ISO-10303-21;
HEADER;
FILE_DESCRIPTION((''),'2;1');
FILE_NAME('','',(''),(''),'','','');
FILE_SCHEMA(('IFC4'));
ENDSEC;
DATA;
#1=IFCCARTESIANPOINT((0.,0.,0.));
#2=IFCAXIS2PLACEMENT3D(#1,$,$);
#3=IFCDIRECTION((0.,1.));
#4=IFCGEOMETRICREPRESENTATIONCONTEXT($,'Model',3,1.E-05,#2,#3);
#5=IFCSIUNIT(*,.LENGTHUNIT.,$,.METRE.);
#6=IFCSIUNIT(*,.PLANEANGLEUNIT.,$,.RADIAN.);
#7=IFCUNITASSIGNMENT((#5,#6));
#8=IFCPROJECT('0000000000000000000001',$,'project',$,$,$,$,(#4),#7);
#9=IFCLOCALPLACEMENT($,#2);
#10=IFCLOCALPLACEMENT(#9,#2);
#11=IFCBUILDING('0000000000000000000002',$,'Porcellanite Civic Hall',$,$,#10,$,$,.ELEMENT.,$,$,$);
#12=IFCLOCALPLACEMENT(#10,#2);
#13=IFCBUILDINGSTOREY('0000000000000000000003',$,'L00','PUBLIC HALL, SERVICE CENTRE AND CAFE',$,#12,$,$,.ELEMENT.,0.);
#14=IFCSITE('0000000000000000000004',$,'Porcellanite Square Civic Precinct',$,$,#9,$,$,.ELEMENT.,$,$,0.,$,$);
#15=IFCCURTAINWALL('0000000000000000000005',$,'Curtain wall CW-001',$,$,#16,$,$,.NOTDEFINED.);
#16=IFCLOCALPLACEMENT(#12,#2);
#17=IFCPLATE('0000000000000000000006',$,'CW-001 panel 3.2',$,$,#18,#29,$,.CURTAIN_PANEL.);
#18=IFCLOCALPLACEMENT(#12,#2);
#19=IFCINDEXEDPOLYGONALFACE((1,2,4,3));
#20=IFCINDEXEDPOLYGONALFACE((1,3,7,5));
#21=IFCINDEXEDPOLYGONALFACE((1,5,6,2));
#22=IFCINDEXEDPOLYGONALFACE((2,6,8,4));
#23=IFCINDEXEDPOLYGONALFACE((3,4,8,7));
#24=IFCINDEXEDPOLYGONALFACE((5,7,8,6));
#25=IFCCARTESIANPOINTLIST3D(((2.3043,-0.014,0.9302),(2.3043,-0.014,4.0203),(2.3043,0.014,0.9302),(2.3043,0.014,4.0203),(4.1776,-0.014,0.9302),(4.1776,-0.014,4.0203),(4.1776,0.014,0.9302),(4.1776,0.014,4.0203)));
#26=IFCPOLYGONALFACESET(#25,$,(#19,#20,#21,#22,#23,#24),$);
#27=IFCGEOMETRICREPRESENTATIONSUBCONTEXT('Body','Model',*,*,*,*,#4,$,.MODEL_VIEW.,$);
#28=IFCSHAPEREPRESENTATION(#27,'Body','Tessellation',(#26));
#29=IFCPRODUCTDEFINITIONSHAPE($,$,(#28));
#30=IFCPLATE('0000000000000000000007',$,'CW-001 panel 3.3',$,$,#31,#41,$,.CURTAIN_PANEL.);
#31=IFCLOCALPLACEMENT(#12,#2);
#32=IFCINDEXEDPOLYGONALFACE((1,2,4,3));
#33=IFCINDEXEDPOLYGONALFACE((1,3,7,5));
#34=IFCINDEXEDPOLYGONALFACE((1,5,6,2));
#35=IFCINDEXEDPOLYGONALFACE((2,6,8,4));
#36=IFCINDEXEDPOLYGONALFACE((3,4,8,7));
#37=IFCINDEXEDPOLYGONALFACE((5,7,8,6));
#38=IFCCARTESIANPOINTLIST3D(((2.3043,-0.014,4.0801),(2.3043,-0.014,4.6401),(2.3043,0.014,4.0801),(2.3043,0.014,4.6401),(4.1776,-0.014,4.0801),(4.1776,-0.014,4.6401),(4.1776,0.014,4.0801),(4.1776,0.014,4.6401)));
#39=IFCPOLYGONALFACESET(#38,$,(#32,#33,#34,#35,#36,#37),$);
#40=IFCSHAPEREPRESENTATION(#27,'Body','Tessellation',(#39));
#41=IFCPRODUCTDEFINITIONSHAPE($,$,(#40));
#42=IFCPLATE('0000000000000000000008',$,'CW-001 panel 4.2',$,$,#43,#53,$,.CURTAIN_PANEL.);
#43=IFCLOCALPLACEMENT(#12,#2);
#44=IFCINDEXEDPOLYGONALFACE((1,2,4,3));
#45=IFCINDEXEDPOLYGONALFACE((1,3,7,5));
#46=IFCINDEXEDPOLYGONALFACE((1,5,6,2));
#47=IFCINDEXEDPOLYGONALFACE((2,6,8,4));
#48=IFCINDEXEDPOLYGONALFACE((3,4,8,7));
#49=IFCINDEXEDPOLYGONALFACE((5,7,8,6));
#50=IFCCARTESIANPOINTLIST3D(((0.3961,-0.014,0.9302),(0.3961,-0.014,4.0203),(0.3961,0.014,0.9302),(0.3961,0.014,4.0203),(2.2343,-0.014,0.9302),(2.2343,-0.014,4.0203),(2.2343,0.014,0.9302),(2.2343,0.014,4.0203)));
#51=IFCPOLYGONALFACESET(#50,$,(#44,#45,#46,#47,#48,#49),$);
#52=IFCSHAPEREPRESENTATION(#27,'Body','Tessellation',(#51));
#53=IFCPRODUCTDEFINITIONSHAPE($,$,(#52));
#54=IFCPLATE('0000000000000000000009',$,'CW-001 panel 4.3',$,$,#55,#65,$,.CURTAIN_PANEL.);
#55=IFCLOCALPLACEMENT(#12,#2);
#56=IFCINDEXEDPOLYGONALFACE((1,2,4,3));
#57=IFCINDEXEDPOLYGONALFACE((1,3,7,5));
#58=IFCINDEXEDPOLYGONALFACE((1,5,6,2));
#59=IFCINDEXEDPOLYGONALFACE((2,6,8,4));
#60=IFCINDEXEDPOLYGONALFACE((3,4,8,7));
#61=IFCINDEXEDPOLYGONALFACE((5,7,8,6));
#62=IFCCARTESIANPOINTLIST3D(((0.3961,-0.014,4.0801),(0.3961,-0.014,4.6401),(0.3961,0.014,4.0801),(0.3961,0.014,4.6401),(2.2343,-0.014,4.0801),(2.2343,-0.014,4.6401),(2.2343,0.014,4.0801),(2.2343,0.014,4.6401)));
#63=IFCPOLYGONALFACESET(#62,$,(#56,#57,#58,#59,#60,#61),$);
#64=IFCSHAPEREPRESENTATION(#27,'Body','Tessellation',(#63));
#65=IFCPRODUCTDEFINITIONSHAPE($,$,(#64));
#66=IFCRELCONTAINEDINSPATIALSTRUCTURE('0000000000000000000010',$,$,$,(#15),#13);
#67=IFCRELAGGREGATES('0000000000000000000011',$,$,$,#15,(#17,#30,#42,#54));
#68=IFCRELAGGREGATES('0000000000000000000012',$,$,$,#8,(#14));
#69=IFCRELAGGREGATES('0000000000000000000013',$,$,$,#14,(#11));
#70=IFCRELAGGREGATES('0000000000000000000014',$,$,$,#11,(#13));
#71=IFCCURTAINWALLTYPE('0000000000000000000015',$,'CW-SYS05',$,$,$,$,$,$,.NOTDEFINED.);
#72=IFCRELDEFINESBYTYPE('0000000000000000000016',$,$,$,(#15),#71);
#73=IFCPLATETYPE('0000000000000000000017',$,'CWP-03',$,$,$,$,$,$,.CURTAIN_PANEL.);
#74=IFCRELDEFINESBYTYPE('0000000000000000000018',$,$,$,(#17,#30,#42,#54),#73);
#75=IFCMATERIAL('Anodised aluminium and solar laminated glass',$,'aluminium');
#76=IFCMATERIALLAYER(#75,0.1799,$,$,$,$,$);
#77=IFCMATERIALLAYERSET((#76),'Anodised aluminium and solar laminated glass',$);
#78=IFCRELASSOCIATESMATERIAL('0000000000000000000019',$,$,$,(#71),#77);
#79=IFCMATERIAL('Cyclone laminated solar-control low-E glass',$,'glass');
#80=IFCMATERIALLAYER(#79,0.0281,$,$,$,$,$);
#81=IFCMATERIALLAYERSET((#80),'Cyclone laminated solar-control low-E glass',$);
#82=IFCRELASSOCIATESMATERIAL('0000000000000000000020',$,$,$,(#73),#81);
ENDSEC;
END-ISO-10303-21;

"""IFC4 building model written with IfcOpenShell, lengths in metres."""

from ifc_helpers import new_model, si_unit, direction, frame, origin, origin_2d, place, context, subcontext, project, spatial, rectangle, extrude, material, layer, layer_set, type_object, element, aggregate, save


model = new_model("IFC4")

# Units and contexts
model_context = context("Model", 3, precision=1e-05, world=origin(), true_north=direction((0.0, 1.0)))
body_context = subcontext(model_context, "Body", "Model", "MODEL_VIEW")
ifc_project = project(units=[si_unit("LENGTHUNIT", "METRE"), si_unit("PLANEANGLEUNIT", "RADIAN")], contexts=[model_context])

# Site, building, storey
site_placement = place(None, origin())
site = spatial("IfcSite", under=ifc_project, at=site_placement, Name="Porcellanite Square Civic Precinct", CompositionType="ELEMENT", RefElevation=0.0)
building_placement = place(site_placement, origin())
building = spatial("IfcBuilding", under=site, at=building_placement, Name="Porcellanite Civic Hall", CompositionType="ELEMENT")
storey_placement = place(building_placement, origin())
storey = spatial("IfcBuildingStorey", under=building, at=storey_placement, Name="L00", Description="PUBLIC HALL, SERVICE CENTRE AND CAFE", CompositionType="ELEMENT", Elevation=0.0)

# Curtain wall
ifc_material_1 = material(Name="Anodised aluminium and solar laminated glass", Category="aluminium")
ifc_layer_1 = layer(ifc_material_1, 0.1799)
ifc_layer_set_1 = layer_set([ifc_layer_1], Name="Anodised aluminium and solar laminated glass")
curtain_wall_type = type_object("IfcCurtainWallType", Name="CW-SYS05", PredefinedType="NOTDEFINED", material=ifc_layer_set_1)
curtain_wall_placement = place(storey_placement, origin())
curtain_wall = element("IfcCurtainWall", 1, at=curtain_wall_placement, inside=storey, type_object=curtain_wall_type, Name="Curtain wall CW-001", PredefinedType="NOTDEFINED")

# Plates
ifc_material_2 = material(Name="Cyclone laminated solar-control low-E glass", Category="glass")
ifc_layer_2 = layer(ifc_material_2, 0.0281)
ifc_layer_set_2 = layer_set([ifc_layer_2], Name="Cyclone laminated solar-control low-E glass")
plate_type = type_object("IfcPlateType", Name="CWP-03", PredefinedType="CURTAIN_PANEL", material=ifc_layer_set_2)
plate_1_placement = place(storey_placement, frame((3.241, 0.0, 0.9302), z_axis=(0.0, 0.0, 1.0), x_axis=(-1.0, 0.0, 0.0)))
plate_1 = element("IfcPlate", 2, at=plate_1_placement, type_object=plate_type, Name="CW-001 panel 3.2", PredefinedType="CURTAIN_PANEL", context=body_context, shape_type="SweptSolid", body=[
    extrude(rectangle(XDim=1.8733, YDim=0.0281, at=origin_2d()), origin(), (0.0, 0.0, 1.0), 3.0901),
])
plate_2_placement = place(storey_placement, frame((3.241, 0.0, 4.0801), z_axis=(0.0, 0.0, 1.0), x_axis=(-1.0, 0.0, 0.0)))
plate_2 = element("IfcPlate", 3, at=plate_2_placement, type_object=plate_type, Name="CW-001 panel 3.3", PredefinedType="CURTAIN_PANEL", context=body_context, shape_type="SweptSolid", body=[
    extrude(rectangle(XDim=1.8733, YDim=0.0281, at=origin_2d()), origin(), (0.0, 0.0, 1.0), 0.5601),
])
plate_3_placement = place(storey_placement, frame((1.3152, 0.0, 0.9302), z_axis=(0.0, 0.0, 1.0), x_axis=(-1.0, 0.0, 0.0)))
plate_3 = element("IfcPlate", 4, at=plate_3_placement, type_object=plate_type, Name="CW-001 panel 4.2", PredefinedType="CURTAIN_PANEL", context=body_context, shape_type="SweptSolid", body=[
    extrude(rectangle(XDim=1.8381, YDim=0.0281, at=origin_2d()), origin(), (0.0, 0.0, 1.0), 3.0901),
])
plate_4_placement = place(storey_placement, frame((1.3152, 0.0, 4.0801), z_axis=(0.0, 0.0, 1.0), x_axis=(-1.0, 0.0, 0.0)))
plate_4 = element("IfcPlate", 5, at=plate_4_placement, type_object=plate_type, Name="CW-001 panel 4.3", PredefinedType="CURTAIN_PANEL", context=body_context, shape_type="SweptSolid", body=[
    extrude(rectangle(XDim=1.8381, YDim=0.0281, at=origin_2d()), origin(), (0.0, 0.0, 1.0), 0.5601),
])
aggregate(curtain_wall, [plate_1, plate_2, plate_3, plate_4])

save(model, "model.ifc")
